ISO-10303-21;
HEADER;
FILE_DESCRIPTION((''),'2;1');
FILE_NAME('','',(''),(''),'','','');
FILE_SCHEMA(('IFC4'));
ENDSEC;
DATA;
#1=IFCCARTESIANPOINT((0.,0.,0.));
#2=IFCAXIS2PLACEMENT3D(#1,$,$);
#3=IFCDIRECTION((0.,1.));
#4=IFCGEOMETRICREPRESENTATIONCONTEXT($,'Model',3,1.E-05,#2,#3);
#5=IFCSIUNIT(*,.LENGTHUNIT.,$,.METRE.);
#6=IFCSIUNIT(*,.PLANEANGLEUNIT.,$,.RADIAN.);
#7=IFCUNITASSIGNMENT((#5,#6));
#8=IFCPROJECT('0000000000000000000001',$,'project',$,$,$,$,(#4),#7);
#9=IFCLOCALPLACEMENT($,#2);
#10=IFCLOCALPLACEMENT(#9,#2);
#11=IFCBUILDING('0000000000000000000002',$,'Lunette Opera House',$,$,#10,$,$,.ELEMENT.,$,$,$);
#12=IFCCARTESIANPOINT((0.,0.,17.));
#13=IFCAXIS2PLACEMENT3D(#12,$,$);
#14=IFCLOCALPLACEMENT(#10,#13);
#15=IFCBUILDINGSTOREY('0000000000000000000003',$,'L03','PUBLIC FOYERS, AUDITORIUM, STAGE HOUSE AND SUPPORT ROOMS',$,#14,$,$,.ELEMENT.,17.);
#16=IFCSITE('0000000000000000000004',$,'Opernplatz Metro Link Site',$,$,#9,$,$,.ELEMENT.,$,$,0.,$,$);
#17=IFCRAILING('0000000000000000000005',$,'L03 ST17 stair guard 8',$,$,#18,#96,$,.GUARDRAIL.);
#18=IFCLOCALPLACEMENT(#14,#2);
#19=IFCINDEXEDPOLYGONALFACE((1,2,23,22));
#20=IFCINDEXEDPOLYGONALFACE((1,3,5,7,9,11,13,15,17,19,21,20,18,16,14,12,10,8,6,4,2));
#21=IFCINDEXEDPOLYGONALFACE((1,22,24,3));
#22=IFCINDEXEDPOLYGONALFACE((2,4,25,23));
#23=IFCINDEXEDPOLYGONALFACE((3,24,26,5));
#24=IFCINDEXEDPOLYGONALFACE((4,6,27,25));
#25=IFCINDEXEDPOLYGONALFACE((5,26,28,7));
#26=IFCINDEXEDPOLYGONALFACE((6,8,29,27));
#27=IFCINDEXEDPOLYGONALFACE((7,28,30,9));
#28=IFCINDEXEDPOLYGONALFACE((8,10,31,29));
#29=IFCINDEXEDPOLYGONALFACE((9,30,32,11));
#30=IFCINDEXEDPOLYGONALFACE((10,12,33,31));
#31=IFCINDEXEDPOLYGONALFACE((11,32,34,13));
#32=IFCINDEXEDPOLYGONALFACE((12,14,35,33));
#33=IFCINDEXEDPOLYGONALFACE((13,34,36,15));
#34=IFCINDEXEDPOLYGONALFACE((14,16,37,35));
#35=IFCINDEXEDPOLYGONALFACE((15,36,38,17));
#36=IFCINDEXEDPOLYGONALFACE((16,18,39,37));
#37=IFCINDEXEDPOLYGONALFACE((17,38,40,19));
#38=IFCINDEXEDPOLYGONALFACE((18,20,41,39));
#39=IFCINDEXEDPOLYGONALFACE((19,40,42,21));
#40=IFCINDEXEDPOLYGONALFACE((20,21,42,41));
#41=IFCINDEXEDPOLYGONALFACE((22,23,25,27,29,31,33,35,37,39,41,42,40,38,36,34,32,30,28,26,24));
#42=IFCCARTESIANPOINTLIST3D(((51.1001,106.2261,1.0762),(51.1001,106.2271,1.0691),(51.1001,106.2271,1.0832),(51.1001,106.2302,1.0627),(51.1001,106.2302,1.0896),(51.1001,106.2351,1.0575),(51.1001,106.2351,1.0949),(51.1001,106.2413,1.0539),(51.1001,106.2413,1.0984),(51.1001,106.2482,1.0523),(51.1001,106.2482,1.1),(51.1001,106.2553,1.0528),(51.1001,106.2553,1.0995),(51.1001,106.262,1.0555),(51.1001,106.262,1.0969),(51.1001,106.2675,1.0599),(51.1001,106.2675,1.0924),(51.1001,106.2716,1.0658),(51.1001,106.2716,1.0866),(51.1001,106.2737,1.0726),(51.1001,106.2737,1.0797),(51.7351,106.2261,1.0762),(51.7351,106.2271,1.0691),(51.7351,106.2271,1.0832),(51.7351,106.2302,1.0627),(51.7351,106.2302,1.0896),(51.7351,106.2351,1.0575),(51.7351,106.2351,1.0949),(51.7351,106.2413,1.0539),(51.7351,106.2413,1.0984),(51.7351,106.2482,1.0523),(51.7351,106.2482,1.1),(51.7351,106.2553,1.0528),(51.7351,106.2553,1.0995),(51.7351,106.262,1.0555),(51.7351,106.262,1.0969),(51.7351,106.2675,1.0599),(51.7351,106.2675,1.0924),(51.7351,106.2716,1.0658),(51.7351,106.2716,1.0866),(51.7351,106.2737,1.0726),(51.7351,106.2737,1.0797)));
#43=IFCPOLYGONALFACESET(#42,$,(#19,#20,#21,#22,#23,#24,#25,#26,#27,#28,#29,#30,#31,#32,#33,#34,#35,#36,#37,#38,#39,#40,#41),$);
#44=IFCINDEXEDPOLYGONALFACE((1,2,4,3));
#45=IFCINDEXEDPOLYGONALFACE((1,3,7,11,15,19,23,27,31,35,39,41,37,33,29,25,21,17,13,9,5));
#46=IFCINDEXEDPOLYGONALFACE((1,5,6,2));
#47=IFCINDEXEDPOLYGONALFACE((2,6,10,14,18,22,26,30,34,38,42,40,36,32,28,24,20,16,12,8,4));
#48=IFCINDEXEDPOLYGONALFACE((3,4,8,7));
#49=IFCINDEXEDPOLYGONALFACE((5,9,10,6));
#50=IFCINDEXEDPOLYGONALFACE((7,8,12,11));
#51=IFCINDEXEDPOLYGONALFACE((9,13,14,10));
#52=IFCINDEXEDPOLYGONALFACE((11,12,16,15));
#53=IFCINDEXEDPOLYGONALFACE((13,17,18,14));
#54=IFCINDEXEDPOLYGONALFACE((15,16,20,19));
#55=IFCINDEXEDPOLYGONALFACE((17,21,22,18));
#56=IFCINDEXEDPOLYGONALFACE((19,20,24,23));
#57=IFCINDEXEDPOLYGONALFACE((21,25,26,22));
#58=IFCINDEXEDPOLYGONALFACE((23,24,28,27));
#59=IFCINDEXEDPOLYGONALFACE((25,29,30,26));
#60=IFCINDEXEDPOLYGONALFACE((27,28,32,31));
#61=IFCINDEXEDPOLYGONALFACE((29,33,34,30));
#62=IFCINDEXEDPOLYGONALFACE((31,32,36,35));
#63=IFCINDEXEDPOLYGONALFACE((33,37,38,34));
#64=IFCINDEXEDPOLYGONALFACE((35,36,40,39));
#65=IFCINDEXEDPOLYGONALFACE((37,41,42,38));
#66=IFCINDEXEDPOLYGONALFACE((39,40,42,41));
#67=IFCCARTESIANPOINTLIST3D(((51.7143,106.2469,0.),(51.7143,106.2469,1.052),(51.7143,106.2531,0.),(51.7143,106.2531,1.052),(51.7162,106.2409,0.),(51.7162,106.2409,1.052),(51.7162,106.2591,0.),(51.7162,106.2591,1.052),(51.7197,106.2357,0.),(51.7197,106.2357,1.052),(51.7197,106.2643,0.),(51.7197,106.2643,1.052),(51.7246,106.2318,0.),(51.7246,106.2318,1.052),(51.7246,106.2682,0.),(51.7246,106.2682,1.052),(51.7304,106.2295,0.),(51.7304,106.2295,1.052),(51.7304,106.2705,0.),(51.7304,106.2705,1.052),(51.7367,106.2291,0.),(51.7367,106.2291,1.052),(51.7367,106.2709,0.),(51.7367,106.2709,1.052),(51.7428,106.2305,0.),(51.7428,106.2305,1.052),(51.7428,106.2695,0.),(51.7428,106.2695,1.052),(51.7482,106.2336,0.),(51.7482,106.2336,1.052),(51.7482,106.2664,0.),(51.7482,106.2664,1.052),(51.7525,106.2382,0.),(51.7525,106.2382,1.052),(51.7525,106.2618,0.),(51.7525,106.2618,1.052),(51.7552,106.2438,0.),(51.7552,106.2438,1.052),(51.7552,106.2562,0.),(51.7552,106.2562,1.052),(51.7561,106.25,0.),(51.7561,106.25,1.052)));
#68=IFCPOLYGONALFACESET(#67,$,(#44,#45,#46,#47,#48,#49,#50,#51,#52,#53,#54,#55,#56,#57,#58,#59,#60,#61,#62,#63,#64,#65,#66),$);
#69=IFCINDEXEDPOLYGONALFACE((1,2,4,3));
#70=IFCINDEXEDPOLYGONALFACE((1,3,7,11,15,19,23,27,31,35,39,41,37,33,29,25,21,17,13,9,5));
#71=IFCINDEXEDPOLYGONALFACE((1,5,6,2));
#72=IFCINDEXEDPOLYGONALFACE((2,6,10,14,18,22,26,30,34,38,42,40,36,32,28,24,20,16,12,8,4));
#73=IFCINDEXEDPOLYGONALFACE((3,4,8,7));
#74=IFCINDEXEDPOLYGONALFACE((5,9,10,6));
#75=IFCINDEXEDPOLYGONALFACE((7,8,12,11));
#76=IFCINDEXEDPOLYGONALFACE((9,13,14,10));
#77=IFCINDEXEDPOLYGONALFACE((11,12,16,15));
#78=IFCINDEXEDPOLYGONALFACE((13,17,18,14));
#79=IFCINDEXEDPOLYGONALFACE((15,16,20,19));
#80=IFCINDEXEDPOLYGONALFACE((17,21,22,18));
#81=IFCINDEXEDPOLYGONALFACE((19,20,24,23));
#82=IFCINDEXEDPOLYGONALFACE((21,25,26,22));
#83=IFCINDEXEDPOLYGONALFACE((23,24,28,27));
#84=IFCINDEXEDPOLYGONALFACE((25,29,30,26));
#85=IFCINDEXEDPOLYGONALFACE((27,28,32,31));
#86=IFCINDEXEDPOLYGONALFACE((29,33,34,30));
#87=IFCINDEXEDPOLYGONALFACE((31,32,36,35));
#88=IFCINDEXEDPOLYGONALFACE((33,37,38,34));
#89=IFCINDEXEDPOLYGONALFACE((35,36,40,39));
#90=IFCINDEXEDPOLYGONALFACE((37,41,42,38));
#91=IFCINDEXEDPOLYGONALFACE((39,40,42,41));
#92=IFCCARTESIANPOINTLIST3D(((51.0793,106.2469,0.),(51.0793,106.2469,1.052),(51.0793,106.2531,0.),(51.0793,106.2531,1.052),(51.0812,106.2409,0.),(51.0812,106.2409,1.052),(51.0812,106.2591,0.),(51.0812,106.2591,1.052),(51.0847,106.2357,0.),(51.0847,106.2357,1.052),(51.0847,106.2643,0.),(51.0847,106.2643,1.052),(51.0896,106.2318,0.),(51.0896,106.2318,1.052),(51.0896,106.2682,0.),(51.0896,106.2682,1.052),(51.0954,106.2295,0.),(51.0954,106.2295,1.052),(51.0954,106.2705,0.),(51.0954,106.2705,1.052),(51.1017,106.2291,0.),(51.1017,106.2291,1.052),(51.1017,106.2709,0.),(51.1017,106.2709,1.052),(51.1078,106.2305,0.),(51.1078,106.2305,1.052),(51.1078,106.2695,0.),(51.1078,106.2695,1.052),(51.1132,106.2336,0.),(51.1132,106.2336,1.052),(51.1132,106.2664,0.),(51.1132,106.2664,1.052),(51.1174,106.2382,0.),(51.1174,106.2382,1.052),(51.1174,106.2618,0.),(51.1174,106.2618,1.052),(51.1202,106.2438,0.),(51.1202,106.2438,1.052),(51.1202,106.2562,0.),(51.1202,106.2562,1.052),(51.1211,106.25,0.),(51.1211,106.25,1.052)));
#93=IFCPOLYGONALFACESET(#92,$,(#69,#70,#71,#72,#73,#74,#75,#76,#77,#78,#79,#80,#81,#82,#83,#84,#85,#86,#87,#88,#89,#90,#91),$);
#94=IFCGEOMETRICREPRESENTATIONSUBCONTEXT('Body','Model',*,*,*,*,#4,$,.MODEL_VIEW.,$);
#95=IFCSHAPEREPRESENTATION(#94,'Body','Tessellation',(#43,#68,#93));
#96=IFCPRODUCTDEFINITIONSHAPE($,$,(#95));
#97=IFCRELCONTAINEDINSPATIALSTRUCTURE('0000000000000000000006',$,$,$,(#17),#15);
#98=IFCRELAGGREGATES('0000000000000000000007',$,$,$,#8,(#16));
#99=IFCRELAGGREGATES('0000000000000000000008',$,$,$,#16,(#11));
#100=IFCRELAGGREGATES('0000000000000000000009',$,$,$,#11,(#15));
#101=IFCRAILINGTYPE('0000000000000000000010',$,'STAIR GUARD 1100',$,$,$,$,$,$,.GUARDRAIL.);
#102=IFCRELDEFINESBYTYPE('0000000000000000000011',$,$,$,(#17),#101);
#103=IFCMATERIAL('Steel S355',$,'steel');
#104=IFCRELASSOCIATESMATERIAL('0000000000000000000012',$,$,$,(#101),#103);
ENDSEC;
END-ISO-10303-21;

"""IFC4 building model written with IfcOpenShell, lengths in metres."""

from ifc_helpers import new_model, si_unit, direction, frame, origin, origin_2d, place, context, subcontext, project, spatial, circle, extrude, material, type_object, element, save


model = new_model("IFC4")

# Units and contexts
model_context = context("Model", 3, precision=1e-05, world=origin(), true_north=direction((0.0, 1.0)))
body_context = subcontext(model_context, "Body", "Model", "MODEL_VIEW")
ifc_project = project(units=[si_unit("LENGTHUNIT", "METRE"), si_unit("PLANEANGLEUNIT", "RADIAN")], contexts=[model_context])

# Site, building, storey
site_placement = place(None, origin())
site = spatial("IfcSite", under=ifc_project, at=site_placement, Name="Opernplatz Metro Link Site", CompositionType="ELEMENT", RefElevation=0.0)
building_placement = place(site_placement, origin())
building = spatial("IfcBuilding", under=site, at=building_placement, Name="Lunette Opera House", CompositionType="ELEMENT")
storey_placement = place(building_placement, frame((0.0, 0.0, 17.0)))
storey = spatial("IfcBuildingStorey", under=building, at=storey_placement, Name="L03", Description="PUBLIC FOYERS, AUDITORIUM, STAGE HOUSE AND SUPPORT ROOMS", CompositionType="ELEMENT", Elevation=17.0)

# Railing
ifc_material_1 = material(Name="Steel S355", Category="steel")
railing_type_1 = type_object("IfcRailingType", Name="STAIR GUARD 1100", PredefinedType="GUARDRAIL", material=ifc_material_1)
railing_1_placement = place(storey_placement, frame((51.7351, 106.25, 0.0)))
element("IfcRailing", 1, at=railing_1_placement, inside=storey, type_object=railing_type_1, Name="L03 ST17 stair guard 8", PredefinedType="GUARDRAIL", context=body_context, shape_type="SweptSolid", body=[
    extrude(circle(Radius=0.0239, at=origin_2d()), frame((0.0, 0.0, 1.0762), z_axis=(-1.0, 0.0, 0.0), x_axis=(0.0, -1.0, 0.0)), (0.0, 0.0, 1.0), 0.635),
    extrude(circle(Radius=0.021, at=origin_2d()), origin(), (0.0, 0.0, 1.0), 1.052),
    extrude(circle(Radius=0.021, at=origin_2d()), frame((-0.635, 0.0, 0.0)), (0.0, 0.0, 1.0), 1.052),
])

save(model, "model.ifc")
